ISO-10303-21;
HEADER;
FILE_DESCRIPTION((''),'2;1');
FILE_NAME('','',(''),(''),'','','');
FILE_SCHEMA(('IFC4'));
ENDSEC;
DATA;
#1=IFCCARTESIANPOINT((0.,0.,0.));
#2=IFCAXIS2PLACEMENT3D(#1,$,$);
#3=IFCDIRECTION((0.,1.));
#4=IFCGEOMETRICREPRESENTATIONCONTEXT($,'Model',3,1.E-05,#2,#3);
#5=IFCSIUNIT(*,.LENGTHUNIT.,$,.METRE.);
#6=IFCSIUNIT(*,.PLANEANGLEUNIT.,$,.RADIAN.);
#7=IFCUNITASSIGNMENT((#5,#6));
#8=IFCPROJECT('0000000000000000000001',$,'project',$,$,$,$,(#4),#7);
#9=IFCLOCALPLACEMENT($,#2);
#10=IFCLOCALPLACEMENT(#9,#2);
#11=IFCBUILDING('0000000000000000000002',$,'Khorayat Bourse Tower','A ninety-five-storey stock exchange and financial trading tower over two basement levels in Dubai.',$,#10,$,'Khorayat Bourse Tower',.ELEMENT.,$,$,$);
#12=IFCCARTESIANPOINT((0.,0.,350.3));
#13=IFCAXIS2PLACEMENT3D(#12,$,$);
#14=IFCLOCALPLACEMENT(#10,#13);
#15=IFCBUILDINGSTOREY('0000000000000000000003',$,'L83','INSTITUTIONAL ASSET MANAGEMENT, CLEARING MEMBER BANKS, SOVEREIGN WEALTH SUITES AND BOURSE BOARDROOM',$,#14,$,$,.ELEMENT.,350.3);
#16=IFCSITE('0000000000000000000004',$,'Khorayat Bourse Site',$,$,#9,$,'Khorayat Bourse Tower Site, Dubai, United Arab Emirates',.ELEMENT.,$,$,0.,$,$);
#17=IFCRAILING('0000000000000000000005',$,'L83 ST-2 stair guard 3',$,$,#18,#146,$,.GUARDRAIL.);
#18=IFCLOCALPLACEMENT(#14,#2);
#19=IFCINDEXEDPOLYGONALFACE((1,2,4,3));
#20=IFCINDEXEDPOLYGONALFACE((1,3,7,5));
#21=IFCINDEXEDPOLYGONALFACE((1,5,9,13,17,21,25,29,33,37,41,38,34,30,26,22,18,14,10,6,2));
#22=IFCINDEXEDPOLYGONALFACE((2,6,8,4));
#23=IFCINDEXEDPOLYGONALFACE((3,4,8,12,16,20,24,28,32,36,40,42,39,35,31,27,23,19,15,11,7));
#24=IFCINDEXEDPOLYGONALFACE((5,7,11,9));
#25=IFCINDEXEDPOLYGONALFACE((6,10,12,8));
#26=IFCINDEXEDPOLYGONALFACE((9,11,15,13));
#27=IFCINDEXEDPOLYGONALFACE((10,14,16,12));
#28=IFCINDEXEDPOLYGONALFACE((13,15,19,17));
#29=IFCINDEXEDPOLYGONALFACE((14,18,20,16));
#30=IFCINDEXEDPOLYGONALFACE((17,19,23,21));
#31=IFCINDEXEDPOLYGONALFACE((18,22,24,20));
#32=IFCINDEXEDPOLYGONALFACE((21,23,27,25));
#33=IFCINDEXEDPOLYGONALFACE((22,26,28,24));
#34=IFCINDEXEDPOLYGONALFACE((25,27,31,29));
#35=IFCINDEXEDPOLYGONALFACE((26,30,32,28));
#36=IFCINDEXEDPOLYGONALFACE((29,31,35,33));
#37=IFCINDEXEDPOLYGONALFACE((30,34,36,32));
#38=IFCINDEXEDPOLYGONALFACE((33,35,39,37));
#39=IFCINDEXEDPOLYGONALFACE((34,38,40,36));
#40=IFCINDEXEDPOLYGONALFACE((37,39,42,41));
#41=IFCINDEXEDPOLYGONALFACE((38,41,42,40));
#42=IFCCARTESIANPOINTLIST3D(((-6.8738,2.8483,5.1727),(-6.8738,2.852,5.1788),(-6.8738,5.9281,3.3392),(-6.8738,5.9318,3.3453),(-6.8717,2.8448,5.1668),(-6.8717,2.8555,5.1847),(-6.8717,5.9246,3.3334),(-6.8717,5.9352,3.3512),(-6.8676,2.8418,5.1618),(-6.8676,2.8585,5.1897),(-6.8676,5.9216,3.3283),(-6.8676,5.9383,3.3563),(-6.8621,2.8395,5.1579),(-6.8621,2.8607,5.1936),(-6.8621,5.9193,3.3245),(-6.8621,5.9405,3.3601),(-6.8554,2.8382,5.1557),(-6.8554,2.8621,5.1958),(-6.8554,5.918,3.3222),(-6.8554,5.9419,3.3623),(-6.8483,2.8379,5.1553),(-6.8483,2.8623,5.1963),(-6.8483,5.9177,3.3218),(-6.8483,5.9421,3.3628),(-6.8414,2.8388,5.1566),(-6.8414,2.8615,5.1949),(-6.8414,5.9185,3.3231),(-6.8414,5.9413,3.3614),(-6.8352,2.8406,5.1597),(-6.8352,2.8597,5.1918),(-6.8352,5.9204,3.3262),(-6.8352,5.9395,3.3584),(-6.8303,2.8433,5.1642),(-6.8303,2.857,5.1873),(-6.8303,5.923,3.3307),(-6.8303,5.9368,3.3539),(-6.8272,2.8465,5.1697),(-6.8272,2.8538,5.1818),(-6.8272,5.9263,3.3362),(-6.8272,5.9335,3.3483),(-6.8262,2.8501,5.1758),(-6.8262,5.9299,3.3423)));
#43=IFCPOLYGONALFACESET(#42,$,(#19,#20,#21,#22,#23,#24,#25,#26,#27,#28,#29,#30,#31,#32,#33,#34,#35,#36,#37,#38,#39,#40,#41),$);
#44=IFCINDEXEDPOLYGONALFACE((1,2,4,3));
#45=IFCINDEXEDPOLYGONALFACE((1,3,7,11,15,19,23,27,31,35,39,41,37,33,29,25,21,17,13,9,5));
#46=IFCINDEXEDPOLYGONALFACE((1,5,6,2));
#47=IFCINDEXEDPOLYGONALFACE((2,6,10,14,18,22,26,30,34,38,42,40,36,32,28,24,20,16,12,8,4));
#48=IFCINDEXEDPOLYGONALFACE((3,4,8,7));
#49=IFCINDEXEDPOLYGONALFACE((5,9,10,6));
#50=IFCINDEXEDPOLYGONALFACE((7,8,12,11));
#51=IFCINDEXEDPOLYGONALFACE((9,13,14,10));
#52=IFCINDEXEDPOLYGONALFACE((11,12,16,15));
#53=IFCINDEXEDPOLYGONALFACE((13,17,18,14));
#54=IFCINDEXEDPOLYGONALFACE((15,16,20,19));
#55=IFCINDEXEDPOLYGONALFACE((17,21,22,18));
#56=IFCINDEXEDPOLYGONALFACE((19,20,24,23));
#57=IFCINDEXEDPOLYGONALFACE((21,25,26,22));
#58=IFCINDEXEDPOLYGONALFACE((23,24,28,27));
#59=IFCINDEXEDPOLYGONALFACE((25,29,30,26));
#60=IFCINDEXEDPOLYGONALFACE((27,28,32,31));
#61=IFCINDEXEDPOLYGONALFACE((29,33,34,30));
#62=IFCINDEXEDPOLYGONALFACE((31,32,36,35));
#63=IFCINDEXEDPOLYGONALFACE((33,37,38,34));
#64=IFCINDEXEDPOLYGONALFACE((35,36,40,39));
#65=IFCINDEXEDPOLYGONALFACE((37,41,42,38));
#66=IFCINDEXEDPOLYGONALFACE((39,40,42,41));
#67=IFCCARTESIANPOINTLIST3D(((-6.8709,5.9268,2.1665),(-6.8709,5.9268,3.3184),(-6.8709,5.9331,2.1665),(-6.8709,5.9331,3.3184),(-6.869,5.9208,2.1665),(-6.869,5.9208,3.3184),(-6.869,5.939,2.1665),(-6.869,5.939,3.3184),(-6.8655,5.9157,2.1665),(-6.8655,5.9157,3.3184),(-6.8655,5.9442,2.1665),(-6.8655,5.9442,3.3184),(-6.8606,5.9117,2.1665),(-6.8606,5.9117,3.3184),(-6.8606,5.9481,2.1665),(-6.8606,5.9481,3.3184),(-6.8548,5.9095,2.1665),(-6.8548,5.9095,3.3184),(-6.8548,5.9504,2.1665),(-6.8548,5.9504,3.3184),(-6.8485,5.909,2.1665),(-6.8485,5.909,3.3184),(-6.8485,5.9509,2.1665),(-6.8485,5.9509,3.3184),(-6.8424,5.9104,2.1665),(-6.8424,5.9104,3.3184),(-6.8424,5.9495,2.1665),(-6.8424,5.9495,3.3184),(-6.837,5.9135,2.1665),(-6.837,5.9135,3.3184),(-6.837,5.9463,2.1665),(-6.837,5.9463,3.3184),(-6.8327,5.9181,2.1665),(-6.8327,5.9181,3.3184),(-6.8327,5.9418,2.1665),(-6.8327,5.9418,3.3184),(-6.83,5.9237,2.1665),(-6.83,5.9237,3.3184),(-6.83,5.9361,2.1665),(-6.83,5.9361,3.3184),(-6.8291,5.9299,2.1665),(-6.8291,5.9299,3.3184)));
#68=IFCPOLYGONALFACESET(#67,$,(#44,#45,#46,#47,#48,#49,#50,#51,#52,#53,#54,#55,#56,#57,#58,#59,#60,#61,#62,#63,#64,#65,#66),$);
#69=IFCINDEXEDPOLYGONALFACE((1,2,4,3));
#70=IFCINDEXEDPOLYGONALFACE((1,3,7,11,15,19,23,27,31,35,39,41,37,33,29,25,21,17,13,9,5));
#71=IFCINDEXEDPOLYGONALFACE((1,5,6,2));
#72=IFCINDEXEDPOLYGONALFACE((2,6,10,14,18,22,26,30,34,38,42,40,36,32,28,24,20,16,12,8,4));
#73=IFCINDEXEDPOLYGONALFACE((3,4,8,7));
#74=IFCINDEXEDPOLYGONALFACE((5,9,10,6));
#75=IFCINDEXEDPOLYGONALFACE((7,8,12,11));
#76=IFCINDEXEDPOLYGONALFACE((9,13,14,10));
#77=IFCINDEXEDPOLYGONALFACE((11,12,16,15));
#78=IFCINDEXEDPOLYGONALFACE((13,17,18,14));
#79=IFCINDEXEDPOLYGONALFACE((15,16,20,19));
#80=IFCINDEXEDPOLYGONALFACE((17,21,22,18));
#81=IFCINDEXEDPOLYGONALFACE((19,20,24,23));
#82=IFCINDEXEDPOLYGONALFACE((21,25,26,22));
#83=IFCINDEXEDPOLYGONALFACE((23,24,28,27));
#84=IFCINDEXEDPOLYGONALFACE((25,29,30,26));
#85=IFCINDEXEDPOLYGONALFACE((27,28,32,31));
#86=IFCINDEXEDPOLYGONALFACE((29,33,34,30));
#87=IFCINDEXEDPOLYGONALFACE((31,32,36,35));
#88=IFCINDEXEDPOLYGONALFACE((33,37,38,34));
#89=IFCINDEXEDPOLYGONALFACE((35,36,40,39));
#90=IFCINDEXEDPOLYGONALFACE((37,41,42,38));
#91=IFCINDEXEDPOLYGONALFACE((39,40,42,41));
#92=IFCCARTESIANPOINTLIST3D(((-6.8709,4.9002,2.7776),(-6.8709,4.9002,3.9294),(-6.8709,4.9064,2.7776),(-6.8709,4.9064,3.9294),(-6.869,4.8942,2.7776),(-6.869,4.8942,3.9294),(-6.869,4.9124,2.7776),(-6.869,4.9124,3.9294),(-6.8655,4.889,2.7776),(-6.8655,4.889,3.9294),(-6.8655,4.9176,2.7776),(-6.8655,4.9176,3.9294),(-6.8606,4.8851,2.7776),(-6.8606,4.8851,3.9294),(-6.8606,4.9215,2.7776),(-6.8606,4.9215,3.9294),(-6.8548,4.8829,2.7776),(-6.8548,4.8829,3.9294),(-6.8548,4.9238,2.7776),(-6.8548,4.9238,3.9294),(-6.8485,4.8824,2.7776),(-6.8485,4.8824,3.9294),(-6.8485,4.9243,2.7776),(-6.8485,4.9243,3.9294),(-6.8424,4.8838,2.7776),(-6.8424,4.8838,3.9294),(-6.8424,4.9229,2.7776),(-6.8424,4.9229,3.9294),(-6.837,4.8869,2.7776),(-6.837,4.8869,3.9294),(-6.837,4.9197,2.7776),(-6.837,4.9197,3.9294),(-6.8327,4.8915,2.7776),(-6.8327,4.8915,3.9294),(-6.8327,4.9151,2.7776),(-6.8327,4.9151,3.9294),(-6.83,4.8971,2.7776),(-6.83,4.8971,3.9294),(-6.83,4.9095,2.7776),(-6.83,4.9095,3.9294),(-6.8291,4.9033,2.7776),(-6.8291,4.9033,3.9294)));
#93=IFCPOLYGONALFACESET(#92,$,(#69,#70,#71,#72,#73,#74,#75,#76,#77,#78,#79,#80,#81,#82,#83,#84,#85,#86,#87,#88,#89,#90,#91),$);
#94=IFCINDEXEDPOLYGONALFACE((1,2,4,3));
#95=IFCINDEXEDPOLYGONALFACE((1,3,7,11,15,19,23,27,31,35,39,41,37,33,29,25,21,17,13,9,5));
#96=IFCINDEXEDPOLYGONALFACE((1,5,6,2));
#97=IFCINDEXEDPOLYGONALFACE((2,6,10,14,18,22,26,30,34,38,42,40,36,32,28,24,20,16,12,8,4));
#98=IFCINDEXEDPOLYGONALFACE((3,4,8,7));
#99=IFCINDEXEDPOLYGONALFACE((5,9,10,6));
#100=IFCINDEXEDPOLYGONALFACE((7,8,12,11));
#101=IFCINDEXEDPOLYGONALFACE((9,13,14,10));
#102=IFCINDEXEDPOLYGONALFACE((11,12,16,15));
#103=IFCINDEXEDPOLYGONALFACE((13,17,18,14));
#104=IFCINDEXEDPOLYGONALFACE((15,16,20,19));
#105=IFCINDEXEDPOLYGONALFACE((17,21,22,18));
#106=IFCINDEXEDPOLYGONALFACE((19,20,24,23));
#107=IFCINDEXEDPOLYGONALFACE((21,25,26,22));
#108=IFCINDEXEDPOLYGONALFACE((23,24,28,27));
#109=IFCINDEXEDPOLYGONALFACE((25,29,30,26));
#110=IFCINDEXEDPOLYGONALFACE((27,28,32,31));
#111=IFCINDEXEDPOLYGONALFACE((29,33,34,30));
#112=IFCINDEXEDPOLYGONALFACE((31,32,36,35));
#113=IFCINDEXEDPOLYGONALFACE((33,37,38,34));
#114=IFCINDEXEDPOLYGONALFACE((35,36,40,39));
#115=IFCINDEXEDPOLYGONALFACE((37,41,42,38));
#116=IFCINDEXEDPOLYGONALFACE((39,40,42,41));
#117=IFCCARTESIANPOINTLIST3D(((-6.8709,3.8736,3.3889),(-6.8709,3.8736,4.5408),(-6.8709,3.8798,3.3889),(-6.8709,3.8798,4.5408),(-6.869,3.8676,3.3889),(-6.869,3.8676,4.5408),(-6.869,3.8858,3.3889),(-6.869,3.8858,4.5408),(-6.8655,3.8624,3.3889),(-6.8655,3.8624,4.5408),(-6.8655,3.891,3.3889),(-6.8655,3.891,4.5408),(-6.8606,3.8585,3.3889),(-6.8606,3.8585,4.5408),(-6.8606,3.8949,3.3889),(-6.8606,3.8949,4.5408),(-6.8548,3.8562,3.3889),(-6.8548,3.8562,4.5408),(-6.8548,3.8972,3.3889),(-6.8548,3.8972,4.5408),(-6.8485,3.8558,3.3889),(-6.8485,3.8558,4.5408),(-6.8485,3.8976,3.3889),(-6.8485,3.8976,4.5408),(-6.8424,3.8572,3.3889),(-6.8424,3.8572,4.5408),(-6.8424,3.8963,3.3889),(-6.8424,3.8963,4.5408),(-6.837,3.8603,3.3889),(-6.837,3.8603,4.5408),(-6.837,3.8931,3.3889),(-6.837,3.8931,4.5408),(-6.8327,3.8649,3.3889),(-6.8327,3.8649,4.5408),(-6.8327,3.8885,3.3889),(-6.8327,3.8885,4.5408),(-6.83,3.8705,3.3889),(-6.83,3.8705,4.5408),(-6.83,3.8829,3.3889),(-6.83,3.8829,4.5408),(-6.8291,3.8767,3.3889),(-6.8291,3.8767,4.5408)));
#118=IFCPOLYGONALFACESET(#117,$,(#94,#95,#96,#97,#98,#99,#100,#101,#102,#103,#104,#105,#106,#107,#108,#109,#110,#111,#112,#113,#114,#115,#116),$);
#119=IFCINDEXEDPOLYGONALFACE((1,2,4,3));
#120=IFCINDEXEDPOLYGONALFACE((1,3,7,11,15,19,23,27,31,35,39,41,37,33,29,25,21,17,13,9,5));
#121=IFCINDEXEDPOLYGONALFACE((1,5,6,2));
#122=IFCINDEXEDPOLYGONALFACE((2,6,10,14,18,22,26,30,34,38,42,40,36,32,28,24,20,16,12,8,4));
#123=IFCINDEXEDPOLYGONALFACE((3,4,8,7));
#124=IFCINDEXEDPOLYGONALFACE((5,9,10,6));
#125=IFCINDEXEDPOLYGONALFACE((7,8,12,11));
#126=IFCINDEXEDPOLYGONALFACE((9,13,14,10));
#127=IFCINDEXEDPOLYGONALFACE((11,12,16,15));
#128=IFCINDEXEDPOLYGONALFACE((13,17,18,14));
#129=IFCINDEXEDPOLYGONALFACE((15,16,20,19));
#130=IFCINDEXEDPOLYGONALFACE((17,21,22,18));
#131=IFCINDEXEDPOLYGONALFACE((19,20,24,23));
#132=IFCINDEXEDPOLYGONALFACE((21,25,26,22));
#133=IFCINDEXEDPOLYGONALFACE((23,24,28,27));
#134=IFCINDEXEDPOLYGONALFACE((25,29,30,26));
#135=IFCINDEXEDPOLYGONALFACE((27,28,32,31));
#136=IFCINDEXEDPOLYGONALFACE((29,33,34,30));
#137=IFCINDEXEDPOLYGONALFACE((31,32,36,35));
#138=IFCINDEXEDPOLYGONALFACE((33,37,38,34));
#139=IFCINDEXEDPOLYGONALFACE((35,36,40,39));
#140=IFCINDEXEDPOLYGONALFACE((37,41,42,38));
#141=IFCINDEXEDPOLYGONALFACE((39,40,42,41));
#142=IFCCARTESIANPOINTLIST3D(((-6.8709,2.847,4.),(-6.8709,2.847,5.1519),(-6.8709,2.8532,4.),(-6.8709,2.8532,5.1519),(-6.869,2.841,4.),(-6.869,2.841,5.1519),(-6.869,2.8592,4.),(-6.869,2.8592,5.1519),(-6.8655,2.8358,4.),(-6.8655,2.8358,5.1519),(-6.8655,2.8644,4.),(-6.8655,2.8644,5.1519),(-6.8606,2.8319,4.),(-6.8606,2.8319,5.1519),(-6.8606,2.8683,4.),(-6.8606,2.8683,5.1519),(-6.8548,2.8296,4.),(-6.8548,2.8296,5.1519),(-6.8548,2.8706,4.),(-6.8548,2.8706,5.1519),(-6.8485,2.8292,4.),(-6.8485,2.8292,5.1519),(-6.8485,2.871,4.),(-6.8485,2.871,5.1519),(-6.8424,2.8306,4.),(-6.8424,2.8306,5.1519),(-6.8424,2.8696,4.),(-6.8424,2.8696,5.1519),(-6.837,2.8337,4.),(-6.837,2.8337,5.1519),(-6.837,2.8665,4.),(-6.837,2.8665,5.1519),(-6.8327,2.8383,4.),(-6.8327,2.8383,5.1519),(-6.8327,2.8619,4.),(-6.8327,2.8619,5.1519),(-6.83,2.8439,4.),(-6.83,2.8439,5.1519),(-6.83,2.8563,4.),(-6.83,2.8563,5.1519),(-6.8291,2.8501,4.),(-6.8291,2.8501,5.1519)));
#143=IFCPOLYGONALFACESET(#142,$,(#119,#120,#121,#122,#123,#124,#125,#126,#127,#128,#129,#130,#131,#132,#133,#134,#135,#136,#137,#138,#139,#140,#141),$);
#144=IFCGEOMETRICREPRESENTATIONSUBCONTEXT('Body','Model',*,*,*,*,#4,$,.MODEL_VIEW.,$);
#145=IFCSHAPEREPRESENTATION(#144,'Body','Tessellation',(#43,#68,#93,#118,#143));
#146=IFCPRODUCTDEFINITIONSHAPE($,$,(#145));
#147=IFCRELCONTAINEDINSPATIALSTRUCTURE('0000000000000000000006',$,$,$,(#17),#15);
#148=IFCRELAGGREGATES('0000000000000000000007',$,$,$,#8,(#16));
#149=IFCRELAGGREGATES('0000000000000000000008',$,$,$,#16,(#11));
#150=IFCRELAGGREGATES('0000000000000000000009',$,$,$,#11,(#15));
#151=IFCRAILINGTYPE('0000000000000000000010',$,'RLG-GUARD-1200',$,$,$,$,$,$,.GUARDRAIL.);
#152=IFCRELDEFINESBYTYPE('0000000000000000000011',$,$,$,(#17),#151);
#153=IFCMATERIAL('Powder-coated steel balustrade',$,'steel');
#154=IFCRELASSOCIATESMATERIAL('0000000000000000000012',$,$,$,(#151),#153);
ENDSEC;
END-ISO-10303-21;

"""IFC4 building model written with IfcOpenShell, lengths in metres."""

from ifc_helpers import new_model, si_unit, direction, frame, origin, origin_2d, place, context, subcontext, project, spatial, circle, extrude, source, transform, mapped, material, type_object, element, save


model = new_model("IFC4")

# Units and contexts
model_context = context("Model", 3, precision=1e-05, world=origin(), true_north=direction((0.0, 1.0)))
body_context = subcontext(model_context, "Body", "Model", "MODEL_VIEW")
ifc_project = project(units=[si_unit("LENGTHUNIT", "METRE"), si_unit("PLANEANGLEUNIT", "RADIAN")], contexts=[model_context])

# Site, building, storey
site_placement = place(None, origin())
site = spatial("IfcSite", under=ifc_project, at=site_placement, Name="Khorayat Bourse Site", LongName="Khorayat Bourse Tower Site, Dubai, United Arab Emirates", CompositionType="ELEMENT", RefElevation=0.0)
building_placement = place(site_placement, origin())
building = spatial("IfcBuilding", under=site, at=building_placement, Name="Khorayat Bourse Tower", Description="A ninety-five-storey stock exchange and financial trading tower over two basement levels in Dubai.", LongName="Khorayat Bourse Tower", CompositionType="ELEMENT")
storey_placement = place(building_placement, frame((0.0, 0.0, 350.3)))
storey = spatial("IfcBuildingStorey", under=building, at=storey_placement, Name="L83", Description="INSTITUTIONAL ASSET MANAGEMENT, CLEARING MEMBER BANKS, SOVEREIGN WEALTH SUITES AND BOURSE BOARDROOM", CompositionType="ELEMENT", Elevation=350.3)

# Railing
ifc_material_1 = material(Name="Powder-coated steel balustrade", Category="steel")
railing_type_1 = type_object("IfcRailingType", Name="RLG-GUARD-1200", PredefinedType="GUARDRAIL", material=ifc_material_1)
shared_shape_1 = source(origin(), body_context, "Body", "SweptSolid", [
    extrude(circle(Radius=0.0239, at=origin_2d()), frame((0.0, 0.0, 1.1758), z_axis=(0.0, -0.859261, 0.511538), x_axis=(1.0, 0.0, 0.0)), (0.0, 0.0, 1.0), 3.5842),
    extrude(circle(Radius=0.021, at=origin_2d()), origin(), (0.0, 0.0, 1.0), 1.1519),
    extrude(circle(Radius=0.021, at=origin_2d()), frame((0.0, -1.0266, 0.6111)), (0.0, 0.0, 1.0), 1.1519),
    extrude(circle(Radius=0.021, at=origin_2d()), frame((0.0, -2.0532, 1.2224)), (0.0, 0.0, 1.0), 1.1519),
    extrude(circle(Radius=0.021, at=origin_2d()), frame((0.0, -3.0798, 1.8335)), (0.0, 0.0, 1.0), 1.1519),
])
railing_1_placement = place(storey_placement, frame((-6.8501, 5.9299, 2.1665)))
element("IfcRailing", 1, at=railing_1_placement, inside=storey, type_object=railing_type_1, Name="L83 ST-2 stair guard 3", PredefinedType="GUARDRAIL", context=body_context, shape_type="MappedRepresentation", body=[
    mapped(shared_shape_1, transform((0.0, 0.0, 0.0), scale=1.0)),
])

save(model, "model.ifc")
